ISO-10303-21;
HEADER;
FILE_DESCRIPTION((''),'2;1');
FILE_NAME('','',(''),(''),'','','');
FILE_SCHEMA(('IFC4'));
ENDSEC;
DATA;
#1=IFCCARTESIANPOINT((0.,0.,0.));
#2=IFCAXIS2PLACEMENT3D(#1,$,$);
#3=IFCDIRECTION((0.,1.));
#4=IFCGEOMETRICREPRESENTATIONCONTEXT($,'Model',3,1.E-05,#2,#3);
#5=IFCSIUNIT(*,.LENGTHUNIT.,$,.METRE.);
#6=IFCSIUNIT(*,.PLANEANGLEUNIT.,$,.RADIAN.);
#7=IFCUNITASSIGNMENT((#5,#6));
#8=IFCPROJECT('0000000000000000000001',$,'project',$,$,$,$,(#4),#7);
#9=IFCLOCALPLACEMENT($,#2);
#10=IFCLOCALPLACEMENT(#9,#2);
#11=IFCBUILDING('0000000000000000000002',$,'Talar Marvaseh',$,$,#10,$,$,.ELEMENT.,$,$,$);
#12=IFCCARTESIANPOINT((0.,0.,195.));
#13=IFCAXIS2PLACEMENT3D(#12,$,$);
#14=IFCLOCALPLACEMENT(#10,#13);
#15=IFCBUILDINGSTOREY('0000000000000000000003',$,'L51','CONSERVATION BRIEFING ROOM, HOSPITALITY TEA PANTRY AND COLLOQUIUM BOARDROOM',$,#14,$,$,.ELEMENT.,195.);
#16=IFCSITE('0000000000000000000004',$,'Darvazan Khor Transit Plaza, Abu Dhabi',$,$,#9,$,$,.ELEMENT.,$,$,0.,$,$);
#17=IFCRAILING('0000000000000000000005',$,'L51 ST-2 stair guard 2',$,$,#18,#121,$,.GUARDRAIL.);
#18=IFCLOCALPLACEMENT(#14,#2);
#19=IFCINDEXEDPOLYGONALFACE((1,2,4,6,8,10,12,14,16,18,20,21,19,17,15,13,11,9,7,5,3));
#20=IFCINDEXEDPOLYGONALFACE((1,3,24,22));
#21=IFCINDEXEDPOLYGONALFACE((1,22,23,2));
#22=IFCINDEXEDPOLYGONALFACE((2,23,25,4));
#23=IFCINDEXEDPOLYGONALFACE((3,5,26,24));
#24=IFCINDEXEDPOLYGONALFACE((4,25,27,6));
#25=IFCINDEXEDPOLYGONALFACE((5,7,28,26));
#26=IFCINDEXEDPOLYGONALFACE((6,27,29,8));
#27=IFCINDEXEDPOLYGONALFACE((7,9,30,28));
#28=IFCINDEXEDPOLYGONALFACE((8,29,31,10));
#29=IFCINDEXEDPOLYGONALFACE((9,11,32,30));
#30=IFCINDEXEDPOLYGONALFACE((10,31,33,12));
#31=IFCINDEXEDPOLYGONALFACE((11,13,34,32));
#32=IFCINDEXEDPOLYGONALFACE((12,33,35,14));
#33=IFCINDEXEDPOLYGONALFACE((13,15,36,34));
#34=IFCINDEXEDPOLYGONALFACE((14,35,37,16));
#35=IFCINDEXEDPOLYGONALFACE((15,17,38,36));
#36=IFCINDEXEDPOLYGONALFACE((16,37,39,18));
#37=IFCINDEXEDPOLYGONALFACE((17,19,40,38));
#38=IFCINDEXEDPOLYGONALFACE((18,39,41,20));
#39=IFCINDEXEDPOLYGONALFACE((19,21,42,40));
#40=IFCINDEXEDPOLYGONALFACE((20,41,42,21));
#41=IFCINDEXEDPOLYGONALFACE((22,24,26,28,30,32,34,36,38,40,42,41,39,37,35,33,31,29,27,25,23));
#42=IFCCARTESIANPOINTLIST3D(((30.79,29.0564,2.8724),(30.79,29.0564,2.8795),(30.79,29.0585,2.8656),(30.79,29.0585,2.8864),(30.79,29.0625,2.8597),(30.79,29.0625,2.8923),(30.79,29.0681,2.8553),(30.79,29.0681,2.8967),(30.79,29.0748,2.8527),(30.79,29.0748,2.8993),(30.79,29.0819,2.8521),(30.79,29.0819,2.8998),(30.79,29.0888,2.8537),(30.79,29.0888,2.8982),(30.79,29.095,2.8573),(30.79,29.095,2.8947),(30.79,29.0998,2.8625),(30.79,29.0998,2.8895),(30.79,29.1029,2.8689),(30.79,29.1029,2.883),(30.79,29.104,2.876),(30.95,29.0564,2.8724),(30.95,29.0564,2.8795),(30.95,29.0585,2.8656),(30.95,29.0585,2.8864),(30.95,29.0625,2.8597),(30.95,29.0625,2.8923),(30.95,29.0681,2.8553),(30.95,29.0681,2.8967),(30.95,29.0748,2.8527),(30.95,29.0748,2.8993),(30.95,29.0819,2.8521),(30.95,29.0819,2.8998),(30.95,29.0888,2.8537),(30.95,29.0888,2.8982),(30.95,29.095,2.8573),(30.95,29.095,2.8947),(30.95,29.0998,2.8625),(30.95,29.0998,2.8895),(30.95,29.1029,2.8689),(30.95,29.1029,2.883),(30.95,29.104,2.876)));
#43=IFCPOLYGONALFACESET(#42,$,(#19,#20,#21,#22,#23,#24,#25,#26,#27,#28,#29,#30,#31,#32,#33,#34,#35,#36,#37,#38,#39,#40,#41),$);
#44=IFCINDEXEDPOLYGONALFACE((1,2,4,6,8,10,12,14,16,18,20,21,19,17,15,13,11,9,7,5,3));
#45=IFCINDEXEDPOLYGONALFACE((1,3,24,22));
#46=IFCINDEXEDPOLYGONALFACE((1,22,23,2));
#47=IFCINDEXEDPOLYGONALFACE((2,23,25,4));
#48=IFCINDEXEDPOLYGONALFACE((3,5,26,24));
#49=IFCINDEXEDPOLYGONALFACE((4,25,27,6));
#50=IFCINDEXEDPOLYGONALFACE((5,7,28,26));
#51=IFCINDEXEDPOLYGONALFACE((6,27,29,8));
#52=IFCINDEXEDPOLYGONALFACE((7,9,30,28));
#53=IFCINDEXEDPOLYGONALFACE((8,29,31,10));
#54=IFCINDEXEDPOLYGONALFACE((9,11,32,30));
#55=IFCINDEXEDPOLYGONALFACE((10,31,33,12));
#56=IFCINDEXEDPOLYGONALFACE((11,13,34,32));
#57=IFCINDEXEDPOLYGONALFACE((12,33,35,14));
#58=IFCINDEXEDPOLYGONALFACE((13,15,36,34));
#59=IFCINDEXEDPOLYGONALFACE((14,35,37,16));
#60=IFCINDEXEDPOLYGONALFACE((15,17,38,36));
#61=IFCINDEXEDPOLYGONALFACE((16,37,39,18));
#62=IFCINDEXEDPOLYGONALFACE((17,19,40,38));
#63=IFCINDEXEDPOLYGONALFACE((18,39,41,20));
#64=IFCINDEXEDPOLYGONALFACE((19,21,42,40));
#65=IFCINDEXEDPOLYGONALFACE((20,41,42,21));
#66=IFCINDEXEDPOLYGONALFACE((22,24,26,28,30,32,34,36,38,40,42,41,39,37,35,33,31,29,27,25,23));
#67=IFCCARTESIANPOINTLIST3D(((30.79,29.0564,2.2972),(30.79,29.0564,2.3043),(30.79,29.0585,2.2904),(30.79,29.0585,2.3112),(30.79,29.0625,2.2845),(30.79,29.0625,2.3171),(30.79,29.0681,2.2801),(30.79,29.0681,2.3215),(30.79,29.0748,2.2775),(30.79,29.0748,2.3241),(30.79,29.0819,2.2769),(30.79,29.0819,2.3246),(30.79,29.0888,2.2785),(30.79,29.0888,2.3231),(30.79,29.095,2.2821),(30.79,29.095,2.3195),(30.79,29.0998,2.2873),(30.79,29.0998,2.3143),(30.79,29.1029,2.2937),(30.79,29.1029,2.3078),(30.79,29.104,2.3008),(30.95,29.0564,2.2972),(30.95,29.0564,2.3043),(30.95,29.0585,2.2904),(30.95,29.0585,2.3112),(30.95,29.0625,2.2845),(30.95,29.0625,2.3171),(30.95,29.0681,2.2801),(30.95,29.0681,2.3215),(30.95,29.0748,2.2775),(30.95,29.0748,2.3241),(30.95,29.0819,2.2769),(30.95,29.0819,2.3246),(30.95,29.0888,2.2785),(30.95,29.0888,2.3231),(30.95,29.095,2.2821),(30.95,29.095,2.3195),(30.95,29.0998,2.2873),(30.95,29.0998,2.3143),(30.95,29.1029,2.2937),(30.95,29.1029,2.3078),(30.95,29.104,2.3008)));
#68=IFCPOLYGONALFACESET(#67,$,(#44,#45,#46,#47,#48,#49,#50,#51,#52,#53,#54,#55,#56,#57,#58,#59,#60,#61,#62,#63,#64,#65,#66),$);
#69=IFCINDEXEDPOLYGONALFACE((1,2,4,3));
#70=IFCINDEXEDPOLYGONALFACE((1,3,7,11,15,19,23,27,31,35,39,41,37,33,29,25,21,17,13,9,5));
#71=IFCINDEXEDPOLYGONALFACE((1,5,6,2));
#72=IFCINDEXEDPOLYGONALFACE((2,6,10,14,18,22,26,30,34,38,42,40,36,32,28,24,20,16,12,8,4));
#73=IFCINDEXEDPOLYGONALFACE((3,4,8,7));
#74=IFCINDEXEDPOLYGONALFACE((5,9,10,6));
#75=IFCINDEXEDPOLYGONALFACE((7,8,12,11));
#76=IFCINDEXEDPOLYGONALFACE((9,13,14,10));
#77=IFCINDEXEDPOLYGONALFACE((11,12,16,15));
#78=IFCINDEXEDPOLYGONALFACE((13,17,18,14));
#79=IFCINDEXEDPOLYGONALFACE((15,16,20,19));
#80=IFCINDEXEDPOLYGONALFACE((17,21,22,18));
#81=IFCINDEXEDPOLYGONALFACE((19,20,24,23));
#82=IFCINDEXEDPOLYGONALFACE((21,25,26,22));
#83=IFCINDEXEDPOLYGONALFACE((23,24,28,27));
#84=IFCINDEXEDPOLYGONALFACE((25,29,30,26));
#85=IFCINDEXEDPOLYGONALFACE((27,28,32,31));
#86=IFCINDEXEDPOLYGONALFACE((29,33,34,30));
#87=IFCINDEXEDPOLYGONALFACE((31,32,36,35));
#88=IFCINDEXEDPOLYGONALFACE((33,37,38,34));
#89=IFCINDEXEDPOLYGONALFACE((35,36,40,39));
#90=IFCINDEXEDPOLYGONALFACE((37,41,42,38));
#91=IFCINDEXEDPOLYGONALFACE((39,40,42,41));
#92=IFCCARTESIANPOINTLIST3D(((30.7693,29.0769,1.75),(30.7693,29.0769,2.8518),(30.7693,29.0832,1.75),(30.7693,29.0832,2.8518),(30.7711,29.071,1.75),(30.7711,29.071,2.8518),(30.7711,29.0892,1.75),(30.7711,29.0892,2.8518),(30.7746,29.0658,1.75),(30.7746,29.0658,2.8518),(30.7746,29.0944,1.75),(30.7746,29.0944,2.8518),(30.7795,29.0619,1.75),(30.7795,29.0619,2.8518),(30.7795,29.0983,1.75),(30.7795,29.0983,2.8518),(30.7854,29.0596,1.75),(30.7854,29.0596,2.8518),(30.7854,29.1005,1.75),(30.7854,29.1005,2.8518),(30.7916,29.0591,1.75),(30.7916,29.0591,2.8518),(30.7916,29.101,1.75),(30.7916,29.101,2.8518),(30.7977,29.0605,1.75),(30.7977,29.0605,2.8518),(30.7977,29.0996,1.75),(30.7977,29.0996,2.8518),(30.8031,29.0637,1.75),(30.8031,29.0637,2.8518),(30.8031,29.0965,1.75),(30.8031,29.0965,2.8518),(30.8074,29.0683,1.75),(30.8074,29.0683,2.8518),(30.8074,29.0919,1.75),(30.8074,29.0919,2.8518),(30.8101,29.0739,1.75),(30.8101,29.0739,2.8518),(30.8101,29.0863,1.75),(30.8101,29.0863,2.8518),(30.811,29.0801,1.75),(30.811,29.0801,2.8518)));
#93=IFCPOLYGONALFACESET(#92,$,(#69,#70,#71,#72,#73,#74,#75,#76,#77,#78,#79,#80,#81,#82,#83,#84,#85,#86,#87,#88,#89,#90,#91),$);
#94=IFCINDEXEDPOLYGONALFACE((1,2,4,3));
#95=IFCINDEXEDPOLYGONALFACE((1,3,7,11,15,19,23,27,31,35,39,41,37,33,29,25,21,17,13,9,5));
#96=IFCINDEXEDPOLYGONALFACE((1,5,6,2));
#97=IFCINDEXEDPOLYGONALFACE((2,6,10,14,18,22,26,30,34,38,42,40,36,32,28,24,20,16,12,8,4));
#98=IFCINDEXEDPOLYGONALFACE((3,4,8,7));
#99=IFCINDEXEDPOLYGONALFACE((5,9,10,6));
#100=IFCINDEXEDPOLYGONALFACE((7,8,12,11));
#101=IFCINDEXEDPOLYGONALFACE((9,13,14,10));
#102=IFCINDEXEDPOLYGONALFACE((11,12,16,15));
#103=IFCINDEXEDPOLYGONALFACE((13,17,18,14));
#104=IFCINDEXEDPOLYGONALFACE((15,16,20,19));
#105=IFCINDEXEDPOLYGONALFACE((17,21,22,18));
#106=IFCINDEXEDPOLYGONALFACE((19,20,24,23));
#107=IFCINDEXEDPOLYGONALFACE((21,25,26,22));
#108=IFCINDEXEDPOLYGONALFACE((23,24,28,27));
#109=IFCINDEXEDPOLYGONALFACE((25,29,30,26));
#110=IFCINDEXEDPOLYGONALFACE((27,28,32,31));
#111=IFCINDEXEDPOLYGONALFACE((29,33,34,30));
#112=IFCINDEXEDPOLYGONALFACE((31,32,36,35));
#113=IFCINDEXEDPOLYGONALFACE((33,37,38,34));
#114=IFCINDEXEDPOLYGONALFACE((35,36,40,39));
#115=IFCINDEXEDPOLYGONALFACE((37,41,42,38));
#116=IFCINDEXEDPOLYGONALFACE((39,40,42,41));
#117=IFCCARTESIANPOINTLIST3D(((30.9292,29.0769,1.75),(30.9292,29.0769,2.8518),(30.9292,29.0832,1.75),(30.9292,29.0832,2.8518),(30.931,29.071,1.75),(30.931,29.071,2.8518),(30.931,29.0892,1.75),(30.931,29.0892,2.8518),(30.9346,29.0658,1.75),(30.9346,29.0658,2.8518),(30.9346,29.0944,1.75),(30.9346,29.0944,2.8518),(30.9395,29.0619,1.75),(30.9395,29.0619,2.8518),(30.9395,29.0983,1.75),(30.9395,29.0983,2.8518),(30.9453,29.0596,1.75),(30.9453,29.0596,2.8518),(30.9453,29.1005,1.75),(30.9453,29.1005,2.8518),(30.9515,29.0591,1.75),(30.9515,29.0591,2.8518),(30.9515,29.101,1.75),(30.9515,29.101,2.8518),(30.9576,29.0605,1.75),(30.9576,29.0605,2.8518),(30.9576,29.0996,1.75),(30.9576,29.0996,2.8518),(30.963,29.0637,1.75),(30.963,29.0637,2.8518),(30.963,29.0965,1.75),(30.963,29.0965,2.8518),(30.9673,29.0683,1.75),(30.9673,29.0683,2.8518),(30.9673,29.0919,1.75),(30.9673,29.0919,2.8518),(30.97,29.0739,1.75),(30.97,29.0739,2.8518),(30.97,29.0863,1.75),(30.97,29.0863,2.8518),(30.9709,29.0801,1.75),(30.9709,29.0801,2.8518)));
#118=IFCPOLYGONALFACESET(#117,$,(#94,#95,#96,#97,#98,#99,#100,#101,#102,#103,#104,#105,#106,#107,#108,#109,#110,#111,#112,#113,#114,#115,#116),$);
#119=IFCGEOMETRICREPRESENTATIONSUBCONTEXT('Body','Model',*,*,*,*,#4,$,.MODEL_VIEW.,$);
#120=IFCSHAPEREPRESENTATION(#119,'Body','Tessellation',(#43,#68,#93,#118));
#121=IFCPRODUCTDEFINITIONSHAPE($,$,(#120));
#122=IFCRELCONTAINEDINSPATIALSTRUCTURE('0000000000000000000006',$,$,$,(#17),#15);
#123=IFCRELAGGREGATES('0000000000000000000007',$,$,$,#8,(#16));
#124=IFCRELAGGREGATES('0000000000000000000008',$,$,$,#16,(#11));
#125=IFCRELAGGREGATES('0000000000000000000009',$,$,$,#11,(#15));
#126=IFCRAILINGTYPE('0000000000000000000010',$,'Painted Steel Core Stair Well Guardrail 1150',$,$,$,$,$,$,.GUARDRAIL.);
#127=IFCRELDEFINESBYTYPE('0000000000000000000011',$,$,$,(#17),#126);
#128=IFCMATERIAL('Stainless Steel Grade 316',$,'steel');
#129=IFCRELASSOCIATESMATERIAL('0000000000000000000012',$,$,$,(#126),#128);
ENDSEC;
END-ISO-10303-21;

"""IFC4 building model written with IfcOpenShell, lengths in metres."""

from ifc_helpers import new_model, si_unit, direction, frame, origin, origin_2d, place, context, subcontext, project, spatial, circle, extrude, material, type_object, element, save


model = new_model("IFC4")

# Units and contexts
model_context = context("Model", 3, precision=1e-05, world=origin(), true_north=direction((0.0, 1.0)))
body_context = subcontext(model_context, "Body", "Model", "MODEL_VIEW")
ifc_project = project(units=[si_unit("LENGTHUNIT", "METRE"), si_unit("PLANEANGLEUNIT", "RADIAN")], contexts=[model_context])

# Site, building, storey
site_placement = place(None, origin())
site = spatial("IfcSite", under=ifc_project, at=site_placement, Name="Darvazan Khor Transit Plaza, Abu Dhabi", CompositionType="ELEMENT", RefElevation=0.0)
building_placement = place(site_placement, origin())
building = spatial("IfcBuilding", under=site, at=building_placement, Name="Talar Marvaseh", CompositionType="ELEMENT")
storey_placement = place(building_placement, frame((0.0, 0.0, 195.0)))
storey = spatial("IfcBuildingStorey", under=building, at=storey_placement, Name="L51", Description="CONSERVATION BRIEFING ROOM, HOSPITALITY TEA PANTRY AND COLLOQUIUM BOARDROOM", CompositionType="ELEMENT", Elevation=195.0)

# Shared definitions
ifc_material_1 = material(Name="Stainless Steel Grade 316", Category="steel")

# Railing
railing_type_1 = type_object("IfcRailingType", Name="Painted Steel Core Stair Well Guardrail 1150", PredefinedType="GUARDRAIL", material=ifc_material_1)
railing_1_placement = place(storey_placement, frame((30.79, 29.0801, 1.75)))
element("IfcRailing", 1, at=railing_1_placement, inside=storey, type_object=railing_type_1, Name="L51 ST-2 stair guard 2", PredefinedType="GUARDRAIL", context=body_context, shape_type="SweptSolid", body=[
    extrude(circle(Radius=0.0239, at=origin_2d()), frame((0.0, 0.0, 1.126), z_axis=(1.0, 0.0, 0.0), x_axis=(0.0, 1.0, 0.0)), (0.0, 0.0, 1.0), 0.1599),
    extrude(circle(Radius=0.0239, at=origin_2d()), frame((0.0, 0.0, 0.5508), z_axis=(1.0, 0.0, 0.0), x_axis=(0.0, 1.0, 0.0)), (0.0, 0.0, 1.0), 0.1599),
    extrude(circle(Radius=0.021, at=origin_2d()), origin(), (0.0, 0.0, 1.0), 1.1018),
    extrude(circle(Radius=0.021, at=origin_2d()), frame((0.1599, 0.0, 0.0)), (0.0, 0.0, 1.0), 1.1018),
])

save(model, "model.ifc")
